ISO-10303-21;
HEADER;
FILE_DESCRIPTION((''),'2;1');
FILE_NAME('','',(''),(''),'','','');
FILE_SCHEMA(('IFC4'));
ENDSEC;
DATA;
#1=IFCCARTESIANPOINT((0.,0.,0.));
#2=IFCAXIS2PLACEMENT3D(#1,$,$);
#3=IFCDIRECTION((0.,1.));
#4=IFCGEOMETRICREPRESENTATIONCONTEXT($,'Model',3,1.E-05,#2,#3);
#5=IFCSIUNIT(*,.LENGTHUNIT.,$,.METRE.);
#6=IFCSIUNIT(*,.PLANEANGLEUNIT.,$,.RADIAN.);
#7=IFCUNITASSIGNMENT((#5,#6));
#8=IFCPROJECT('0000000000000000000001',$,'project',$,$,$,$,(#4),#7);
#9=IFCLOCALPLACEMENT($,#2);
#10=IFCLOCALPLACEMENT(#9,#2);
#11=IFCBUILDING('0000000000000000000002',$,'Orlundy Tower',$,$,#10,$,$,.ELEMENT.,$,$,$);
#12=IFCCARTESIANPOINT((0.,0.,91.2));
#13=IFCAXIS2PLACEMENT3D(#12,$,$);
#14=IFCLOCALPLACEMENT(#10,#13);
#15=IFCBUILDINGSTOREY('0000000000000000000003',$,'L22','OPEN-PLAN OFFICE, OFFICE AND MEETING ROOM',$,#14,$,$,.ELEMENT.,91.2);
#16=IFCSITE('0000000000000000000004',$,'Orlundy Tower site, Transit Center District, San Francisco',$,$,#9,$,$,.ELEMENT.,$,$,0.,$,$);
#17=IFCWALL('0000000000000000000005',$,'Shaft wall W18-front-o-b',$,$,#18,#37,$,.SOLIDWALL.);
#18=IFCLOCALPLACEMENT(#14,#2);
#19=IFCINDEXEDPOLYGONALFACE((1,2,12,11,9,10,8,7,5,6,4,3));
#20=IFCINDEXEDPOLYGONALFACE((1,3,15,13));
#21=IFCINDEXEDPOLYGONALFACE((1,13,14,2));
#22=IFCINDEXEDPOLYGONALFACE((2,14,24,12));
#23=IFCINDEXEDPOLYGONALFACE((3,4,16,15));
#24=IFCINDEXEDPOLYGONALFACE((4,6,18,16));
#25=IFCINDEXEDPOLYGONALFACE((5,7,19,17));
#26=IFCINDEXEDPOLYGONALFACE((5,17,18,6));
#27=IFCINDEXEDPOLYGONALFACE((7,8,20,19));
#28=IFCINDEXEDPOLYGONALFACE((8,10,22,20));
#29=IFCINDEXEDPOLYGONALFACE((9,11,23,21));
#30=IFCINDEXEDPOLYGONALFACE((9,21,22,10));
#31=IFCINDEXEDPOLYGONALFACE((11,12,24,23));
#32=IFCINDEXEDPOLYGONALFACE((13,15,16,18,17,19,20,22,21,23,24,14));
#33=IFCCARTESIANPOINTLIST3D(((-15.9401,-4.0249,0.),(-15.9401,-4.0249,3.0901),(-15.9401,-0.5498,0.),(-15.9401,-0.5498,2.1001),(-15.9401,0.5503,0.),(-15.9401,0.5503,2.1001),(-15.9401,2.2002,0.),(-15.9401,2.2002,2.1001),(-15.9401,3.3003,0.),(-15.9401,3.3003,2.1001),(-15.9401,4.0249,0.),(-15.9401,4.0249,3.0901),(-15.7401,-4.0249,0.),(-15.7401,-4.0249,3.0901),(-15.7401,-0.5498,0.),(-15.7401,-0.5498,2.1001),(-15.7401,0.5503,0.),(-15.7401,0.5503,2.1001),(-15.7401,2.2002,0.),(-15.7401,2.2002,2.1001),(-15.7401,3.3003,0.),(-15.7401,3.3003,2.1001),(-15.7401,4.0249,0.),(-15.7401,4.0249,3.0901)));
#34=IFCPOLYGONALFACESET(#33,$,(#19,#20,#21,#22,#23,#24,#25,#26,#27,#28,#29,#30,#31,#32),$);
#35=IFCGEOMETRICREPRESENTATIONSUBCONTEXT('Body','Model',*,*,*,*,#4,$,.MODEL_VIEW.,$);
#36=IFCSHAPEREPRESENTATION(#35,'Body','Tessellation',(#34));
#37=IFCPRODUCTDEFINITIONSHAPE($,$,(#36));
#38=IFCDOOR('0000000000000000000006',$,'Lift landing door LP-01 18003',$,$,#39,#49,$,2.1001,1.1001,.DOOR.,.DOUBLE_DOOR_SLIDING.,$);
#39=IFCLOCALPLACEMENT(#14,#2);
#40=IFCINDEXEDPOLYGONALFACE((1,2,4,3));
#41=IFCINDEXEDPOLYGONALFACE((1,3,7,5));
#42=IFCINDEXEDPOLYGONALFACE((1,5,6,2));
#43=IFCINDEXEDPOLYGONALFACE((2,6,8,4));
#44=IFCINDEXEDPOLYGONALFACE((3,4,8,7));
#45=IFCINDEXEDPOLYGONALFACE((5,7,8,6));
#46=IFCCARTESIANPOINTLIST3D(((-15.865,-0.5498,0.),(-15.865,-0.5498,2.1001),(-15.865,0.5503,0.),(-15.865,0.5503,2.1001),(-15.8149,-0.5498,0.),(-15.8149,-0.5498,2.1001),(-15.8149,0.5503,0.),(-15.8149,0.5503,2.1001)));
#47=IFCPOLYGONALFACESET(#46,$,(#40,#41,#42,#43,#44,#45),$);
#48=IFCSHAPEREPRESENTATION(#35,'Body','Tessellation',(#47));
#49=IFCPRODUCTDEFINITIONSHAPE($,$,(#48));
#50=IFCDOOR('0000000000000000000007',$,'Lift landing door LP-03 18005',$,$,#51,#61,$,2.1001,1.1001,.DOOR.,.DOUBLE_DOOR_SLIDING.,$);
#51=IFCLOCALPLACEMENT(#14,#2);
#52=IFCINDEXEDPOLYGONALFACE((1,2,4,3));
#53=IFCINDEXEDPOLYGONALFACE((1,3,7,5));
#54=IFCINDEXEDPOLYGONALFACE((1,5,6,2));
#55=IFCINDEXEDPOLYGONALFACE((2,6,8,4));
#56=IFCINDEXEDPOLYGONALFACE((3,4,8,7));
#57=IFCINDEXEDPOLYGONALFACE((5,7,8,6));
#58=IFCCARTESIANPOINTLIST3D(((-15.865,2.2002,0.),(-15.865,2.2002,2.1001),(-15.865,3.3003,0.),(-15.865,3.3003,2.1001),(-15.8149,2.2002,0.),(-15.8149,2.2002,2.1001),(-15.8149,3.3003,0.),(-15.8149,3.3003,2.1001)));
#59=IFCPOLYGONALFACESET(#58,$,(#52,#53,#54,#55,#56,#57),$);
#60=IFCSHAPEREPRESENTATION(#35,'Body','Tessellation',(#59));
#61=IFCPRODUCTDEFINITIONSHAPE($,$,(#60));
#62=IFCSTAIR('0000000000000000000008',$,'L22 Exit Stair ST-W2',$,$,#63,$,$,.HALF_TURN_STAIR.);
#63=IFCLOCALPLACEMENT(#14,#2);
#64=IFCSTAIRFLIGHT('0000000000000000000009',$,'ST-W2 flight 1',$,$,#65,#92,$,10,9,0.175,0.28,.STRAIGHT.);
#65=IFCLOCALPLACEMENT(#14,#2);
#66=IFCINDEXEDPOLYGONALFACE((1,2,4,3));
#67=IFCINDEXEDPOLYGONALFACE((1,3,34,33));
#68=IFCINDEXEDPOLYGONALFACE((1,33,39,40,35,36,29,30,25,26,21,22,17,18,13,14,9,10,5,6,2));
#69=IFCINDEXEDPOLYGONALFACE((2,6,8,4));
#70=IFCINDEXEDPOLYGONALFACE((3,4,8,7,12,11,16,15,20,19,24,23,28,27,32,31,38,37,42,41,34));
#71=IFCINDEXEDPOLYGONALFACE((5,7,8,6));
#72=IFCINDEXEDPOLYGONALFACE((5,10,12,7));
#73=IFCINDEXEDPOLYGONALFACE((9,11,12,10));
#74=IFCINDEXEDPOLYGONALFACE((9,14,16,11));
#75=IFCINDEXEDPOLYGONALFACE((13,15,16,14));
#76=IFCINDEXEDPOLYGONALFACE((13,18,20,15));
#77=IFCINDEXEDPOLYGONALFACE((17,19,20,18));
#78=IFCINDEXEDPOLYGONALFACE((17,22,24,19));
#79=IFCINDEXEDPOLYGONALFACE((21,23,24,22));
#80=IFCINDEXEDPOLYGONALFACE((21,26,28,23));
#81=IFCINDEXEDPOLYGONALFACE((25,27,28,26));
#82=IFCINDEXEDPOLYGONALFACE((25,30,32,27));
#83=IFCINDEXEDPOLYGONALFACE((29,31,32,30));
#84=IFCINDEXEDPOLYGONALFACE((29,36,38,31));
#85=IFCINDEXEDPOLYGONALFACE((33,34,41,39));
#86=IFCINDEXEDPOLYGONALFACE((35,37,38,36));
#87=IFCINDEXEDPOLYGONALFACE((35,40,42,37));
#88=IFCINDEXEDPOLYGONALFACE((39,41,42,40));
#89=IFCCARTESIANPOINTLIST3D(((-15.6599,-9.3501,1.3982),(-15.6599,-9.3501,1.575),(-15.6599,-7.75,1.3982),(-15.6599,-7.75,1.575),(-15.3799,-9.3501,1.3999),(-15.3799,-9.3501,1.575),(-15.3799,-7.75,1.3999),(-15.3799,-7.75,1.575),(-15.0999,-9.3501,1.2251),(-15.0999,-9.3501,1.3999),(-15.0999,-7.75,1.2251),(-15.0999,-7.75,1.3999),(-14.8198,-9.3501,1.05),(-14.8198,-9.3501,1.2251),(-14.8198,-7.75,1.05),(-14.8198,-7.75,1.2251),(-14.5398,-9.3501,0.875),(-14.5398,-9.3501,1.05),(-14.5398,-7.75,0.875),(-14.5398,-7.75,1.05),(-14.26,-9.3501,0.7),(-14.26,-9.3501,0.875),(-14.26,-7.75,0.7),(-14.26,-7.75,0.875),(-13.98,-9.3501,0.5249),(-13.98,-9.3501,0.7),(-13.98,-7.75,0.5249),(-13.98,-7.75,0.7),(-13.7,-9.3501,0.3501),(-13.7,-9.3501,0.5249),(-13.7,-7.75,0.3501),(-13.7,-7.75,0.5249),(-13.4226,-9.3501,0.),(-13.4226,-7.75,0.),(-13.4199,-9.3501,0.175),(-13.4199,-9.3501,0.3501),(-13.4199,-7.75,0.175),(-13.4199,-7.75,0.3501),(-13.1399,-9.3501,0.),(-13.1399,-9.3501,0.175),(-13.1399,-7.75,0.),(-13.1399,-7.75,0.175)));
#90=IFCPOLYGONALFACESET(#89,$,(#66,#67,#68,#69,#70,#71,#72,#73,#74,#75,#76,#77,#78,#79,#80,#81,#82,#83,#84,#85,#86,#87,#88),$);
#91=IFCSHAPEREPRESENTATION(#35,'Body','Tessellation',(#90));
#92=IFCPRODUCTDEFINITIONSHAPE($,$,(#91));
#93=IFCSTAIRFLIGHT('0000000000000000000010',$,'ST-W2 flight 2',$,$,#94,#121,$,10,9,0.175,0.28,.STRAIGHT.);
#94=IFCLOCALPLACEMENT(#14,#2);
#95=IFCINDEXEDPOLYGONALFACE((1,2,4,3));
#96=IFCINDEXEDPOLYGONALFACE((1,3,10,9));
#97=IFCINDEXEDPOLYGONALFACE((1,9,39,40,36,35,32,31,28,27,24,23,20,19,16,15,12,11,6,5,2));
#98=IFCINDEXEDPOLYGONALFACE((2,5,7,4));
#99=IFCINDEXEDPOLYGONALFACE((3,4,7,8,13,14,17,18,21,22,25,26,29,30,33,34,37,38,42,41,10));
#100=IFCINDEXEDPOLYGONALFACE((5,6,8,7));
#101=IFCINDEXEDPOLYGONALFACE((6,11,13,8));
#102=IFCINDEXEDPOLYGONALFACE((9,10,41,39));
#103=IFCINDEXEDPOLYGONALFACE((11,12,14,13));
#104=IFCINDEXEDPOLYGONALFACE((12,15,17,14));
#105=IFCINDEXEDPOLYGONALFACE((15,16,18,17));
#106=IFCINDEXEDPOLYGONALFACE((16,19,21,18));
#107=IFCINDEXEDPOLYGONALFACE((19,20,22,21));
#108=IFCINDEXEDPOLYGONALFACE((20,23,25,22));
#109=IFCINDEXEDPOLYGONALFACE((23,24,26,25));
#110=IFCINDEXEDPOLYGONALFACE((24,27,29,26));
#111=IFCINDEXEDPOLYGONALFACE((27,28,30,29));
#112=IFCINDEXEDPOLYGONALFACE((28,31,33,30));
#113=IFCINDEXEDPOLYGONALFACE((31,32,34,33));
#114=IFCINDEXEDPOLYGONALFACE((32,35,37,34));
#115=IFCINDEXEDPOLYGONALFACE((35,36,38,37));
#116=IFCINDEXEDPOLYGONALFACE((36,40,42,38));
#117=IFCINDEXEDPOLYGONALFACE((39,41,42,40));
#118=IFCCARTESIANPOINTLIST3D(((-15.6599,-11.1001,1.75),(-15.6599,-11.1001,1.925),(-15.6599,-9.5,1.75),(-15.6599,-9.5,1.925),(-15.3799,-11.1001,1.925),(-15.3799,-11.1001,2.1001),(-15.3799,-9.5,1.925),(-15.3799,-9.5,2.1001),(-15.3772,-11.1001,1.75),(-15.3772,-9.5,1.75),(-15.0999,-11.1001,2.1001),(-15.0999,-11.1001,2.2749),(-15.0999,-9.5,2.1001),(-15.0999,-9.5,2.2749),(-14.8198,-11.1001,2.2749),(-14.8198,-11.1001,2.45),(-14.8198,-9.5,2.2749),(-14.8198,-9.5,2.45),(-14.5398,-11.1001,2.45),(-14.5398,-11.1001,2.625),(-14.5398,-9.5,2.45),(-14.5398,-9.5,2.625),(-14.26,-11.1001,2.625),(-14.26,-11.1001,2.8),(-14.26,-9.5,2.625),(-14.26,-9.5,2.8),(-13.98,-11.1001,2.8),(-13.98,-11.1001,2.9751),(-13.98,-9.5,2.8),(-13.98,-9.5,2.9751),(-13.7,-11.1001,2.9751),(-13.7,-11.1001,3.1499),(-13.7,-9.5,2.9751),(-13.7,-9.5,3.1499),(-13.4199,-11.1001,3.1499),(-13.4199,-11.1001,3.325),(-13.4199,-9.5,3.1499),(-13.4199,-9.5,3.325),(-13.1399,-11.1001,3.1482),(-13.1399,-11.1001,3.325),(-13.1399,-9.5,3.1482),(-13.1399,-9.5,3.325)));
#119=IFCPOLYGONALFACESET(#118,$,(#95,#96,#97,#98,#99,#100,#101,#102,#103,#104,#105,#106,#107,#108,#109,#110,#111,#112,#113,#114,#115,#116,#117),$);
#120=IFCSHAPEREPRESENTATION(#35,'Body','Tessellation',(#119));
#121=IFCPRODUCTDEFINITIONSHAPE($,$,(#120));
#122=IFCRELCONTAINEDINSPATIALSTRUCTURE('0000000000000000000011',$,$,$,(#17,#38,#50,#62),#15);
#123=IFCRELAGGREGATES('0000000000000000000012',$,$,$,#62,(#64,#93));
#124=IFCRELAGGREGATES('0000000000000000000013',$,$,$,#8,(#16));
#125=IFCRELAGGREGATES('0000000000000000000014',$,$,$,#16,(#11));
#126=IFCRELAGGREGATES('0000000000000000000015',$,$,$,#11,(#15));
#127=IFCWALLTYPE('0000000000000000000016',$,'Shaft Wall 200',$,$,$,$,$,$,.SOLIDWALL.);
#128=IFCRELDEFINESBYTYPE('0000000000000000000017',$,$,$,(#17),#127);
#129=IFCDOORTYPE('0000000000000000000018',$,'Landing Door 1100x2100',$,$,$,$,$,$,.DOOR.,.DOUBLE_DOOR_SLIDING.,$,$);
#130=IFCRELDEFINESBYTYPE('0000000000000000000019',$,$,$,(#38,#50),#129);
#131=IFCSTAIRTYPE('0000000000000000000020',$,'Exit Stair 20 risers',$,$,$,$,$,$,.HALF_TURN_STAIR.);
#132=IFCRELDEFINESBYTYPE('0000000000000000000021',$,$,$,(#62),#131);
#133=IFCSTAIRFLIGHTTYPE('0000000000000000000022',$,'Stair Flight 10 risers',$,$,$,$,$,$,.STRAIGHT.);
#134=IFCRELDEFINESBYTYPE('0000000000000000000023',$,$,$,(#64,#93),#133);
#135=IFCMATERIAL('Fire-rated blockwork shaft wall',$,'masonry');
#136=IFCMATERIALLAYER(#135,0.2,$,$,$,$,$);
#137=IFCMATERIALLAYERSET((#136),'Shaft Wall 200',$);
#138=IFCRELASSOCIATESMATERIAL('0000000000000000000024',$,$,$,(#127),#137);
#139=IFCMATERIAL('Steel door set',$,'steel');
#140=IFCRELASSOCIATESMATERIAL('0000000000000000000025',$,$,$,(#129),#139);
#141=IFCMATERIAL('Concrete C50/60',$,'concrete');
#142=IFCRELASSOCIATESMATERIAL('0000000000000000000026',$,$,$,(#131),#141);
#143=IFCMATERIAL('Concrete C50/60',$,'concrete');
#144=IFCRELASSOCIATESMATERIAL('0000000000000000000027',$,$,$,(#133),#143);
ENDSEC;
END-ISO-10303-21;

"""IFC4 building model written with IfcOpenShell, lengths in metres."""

from ifc_helpers import new_model, si_unit, direction, frame, frame_2d, origin, place, context, subcontext, project, spatial, polyline, rectangle, outline, extrude, material, layer, layer_set, type_object, element, fill, aggregate, save


model = new_model("IFC4")

# Units and contexts
model_context = context("Model", 3, precision=1e-05, world=origin(), true_north=direction((0.0, 1.0)))
body_context = subcontext(model_context, "Body", "Model", "MODEL_VIEW")
ifc_project = project(units=[si_unit("LENGTHUNIT", "METRE"), si_unit("PLANEANGLEUNIT", "RADIAN")], contexts=[model_context])

# Site, building, storey
site_placement = place(None, origin())
site = spatial("IfcSite", under=ifc_project, at=site_placement, Name="Orlundy Tower site, Transit Center District, San Francisco", CompositionType="ELEMENT", RefElevation=0.0)
building_placement = place(site_placement, origin())
building = spatial("IfcBuilding", under=site, at=building_placement, Name="Orlundy Tower", CompositionType="ELEMENT")
storey_placement = place(building_placement, frame((0.0, 0.0, 91.2)))
storey = spatial("IfcBuildingStorey", under=building, at=storey_placement, Name="L22", Description="OPEN-PLAN OFFICE, OFFICE AND MEETING ROOM", CompositionType="ELEMENT", Elevation=91.2)

# Shared definitions
ifc_material_1 = material(Name="Fire-rated blockwork shaft wall", Category="masonry")
ifc_layer_1 = layer(ifc_material_1, 0.2)
ifc_layer_set_1 = layer_set([ifc_layer_1], Name="Shaft Wall 200")
wall_type_1 = type_object("IfcWallType", Name="Shaft Wall 200", PredefinedType="SOLIDWALL", material=ifc_layer_set_1)

# Shared definitions
ifc_material_2 = material(Name="Steel door set", Category="steel")
door_type_1 = type_object("IfcDoorType", Name="Landing Door 1100x2100", OperationType="DOUBLE_DOOR_SLIDING", PredefinedType="DOOR", material=ifc_material_2)

# Wall, openings, doors
wall_1_placement = place(storey_placement, frame((-15.8401, -4.0249, 0.0), z_axis=(0.0, 0.0, 1.0), x_axis=(0.0, 1.0, 0.0)))
wall_1 = element("IfcWall", 1, at=wall_1_placement, inside=storey, type_object=wall_type_1, Name="Shaft wall W18-front-o-b", PredefinedType="SOLIDWALL", context=body_context, shape_type="SweptSolid", body=[
    extrude(rectangle(XDim=8.0498, YDim=0.2, at=frame_2d((4.0249, 0.0))), origin(), (0.0, 0.0, 1.0), 3.0901),
])
opening_1_placement = place(wall_1_placement, frame((3.4751, 0.0, 0.0)))
opening_1 = element("IfcOpeningElement", 2, at=opening_1_placement, cuts=wall_1, PredefinedType="OPENING", context=body_context, shape_type="SweptSolid", body=[
    extrude(rectangle(XDim=1.1001, YDim=2.1001, at=frame_2d((0.55, 1.05))), frame((0.0, 0.1101, 0.0), z_axis=(0.0, -1.0, 0.0), x_axis=(1.0, 0.0, 0.0)), (0.0, 0.0, 1.0), 0.2202),
])
opening_2_placement = place(wall_1_placement, frame((6.2251, 0.0, 0.0)))
opening_2 = element("IfcOpeningElement", 3, at=opening_2_placement, cuts=wall_1, PredefinedType="OPENING", context=body_context, shape_type="SweptSolid", body=[
    extrude(rectangle(XDim=1.1001, YDim=2.1001, at=frame_2d((0.55, 1.05))), frame((0.0, 0.1101, 0.0), z_axis=(0.0, -1.0, 0.0), x_axis=(1.0, 0.0, 0.0)), (0.0, 0.0, 1.0), 0.2202),
])
door_1_placement = place(opening_1_placement, origin())
door_1 = element("IfcDoor", 4, at=door_1_placement, inside=storey, type_object=door_type_1, Name="Lift landing door LP-01 18003", OperationType="DOUBLE_DOOR_SLIDING", OverallHeight=2.1001, OverallWidth=1.1001, PredefinedType="DOOR", context=body_context, shape_type="SweptSolid", body=[
    extrude(rectangle(XDim=1.1001, YDim=2.1001, at=frame_2d((0.55, 1.05))), frame((0.0, 0.0249, 0.0), z_axis=(0.0, -1.0, 0.0), x_axis=(1.0, 0.0, 0.0)), (0.0, 0.0, 1.0), 0.05),
])
fill(opening_1, door_1)
door_2_placement = place(opening_2_placement, origin())
door_2 = element("IfcDoor", 5, at=door_2_placement, inside=storey, type_object=door_type_1, Name="Lift landing door LP-03 18005", OperationType="DOUBLE_DOOR_SLIDING", OverallHeight=2.1001, OverallWidth=1.1001, PredefinedType="DOOR", context=body_context, shape_type="SweptSolid", body=[
    extrude(rectangle(XDim=1.1001, YDim=2.1001, at=frame_2d((0.55, 1.05))), frame((0.0, 0.0249, 0.0), z_axis=(0.0, -1.0, 0.0), x_axis=(1.0, 0.0, 0.0)), (0.0, 0.0, 1.0), 0.05),
])
fill(opening_2, door_2)

# Stair, stair flights
ifc_material_3 = material(Name="Concrete C50/60", Category="concrete")
stair_type = type_object("IfcStairType", Name="Exit Stair 20 risers", PredefinedType="HALF_TURN_STAIR", material=ifc_material_3)
stair_placement = place(storey_placement, origin())
stair = element("IfcStair", 6, at=stair_placement, inside=storey, type_object=stair_type, Name="L22 Exit Stair ST-W2", PredefinedType="HALF_TURN_STAIR")
ifc_material_4 = material(Name="Concrete C50/60", Category="concrete")
stair_flight_type = type_object("IfcStairFlightType", Name="Stair Flight 10 risers", PredefinedType="STRAIGHT", material=ifc_material_4)
stair_flight_1_placement = place(storey_placement, frame((-13.1399, -8.55, 0.0), z_axis=(0.0, 0.0, 1.0), x_axis=(-1.0, 0.0, 0.0)))
stair_flight_1 = element("IfcStairFlight", 7, at=stair_flight_1_placement, type_object=stair_flight_type, Name="ST-W2 flight 1", NumberOfRisers=10, NumberOfTreads=9, PredefinedType="STRAIGHT", RiserHeight=0.175, TreadLength=0.28, context=body_context, shape_type="SweptSolid", body=[
    extrude(outline(polyline([(0.0, 0.0), (0.0, 0.175), (0.28, 0.175), (0.28, 0.3501), (0.5601, 0.3501), (0.5601, 0.5249), (0.8401, 0.5249), (0.8401, 0.7), (1.1201, 0.7), (1.1201, 0.875), (1.3999, 0.875), (1.3999, 1.05), (1.6799, 1.05), (1.6799, 1.2251), (1.96, 1.2251), (1.96, 1.3999), (2.24, 1.3999), (2.24, 1.575), (2.52, 1.575), (2.52, 1.75), (2.52, 1.3982), (0.2827, 0.0), (0.0, 0.0)])), frame((0.0, 0.8, 0.0), z_axis=(0.0, -1.0, 0.0), x_axis=(1.0, 0.0, 0.0)), (0.0, 0.0, 1.0), 1.6001),
])
stair_flight_2_placement = place(storey_placement, frame((-15.6599, -10.3, 1.75), z_axis=(0.0, 0.0, 1.0), x_axis=(1.0, 0.0, 0.0)))
stair_flight_2 = element("IfcStairFlight", 8, at=stair_flight_2_placement, type_object=stair_flight_type, Name="ST-W2 flight 2", NumberOfRisers=10, NumberOfTreads=9, PredefinedType="STRAIGHT", RiserHeight=0.175, TreadLength=0.28, context=body_context, shape_type="SweptSolid", body=[
    extrude(outline(polyline([(0.0, 0.0), (0.0, 0.175), (0.28, 0.175), (0.28, 0.3501), (0.5601, 0.3501), (0.5601, 0.5249), (0.8401, 0.5249), (0.8401, 0.7), (1.1201, 0.7), (1.1201, 0.875), (1.3999, 0.875), (1.3999, 1.05), (1.6799, 1.05), (1.6799, 1.2251), (1.96, 1.2251), (1.96, 1.3999), (2.24, 1.3999), (2.24, 1.575), (2.52, 1.575), (2.52, 1.75), (2.52, 1.3982), (0.2827, 0.0), (0.0, 0.0)])), frame((0.0, 0.8, 0.0), z_axis=(0.0, -1.0, 0.0), x_axis=(1.0, 0.0, 0.0)), (0.0, 0.0, 1.0), 1.6001),
])
aggregate(stair, [stair_flight_1, stair_flight_2])

save(model, "model.ifc")
